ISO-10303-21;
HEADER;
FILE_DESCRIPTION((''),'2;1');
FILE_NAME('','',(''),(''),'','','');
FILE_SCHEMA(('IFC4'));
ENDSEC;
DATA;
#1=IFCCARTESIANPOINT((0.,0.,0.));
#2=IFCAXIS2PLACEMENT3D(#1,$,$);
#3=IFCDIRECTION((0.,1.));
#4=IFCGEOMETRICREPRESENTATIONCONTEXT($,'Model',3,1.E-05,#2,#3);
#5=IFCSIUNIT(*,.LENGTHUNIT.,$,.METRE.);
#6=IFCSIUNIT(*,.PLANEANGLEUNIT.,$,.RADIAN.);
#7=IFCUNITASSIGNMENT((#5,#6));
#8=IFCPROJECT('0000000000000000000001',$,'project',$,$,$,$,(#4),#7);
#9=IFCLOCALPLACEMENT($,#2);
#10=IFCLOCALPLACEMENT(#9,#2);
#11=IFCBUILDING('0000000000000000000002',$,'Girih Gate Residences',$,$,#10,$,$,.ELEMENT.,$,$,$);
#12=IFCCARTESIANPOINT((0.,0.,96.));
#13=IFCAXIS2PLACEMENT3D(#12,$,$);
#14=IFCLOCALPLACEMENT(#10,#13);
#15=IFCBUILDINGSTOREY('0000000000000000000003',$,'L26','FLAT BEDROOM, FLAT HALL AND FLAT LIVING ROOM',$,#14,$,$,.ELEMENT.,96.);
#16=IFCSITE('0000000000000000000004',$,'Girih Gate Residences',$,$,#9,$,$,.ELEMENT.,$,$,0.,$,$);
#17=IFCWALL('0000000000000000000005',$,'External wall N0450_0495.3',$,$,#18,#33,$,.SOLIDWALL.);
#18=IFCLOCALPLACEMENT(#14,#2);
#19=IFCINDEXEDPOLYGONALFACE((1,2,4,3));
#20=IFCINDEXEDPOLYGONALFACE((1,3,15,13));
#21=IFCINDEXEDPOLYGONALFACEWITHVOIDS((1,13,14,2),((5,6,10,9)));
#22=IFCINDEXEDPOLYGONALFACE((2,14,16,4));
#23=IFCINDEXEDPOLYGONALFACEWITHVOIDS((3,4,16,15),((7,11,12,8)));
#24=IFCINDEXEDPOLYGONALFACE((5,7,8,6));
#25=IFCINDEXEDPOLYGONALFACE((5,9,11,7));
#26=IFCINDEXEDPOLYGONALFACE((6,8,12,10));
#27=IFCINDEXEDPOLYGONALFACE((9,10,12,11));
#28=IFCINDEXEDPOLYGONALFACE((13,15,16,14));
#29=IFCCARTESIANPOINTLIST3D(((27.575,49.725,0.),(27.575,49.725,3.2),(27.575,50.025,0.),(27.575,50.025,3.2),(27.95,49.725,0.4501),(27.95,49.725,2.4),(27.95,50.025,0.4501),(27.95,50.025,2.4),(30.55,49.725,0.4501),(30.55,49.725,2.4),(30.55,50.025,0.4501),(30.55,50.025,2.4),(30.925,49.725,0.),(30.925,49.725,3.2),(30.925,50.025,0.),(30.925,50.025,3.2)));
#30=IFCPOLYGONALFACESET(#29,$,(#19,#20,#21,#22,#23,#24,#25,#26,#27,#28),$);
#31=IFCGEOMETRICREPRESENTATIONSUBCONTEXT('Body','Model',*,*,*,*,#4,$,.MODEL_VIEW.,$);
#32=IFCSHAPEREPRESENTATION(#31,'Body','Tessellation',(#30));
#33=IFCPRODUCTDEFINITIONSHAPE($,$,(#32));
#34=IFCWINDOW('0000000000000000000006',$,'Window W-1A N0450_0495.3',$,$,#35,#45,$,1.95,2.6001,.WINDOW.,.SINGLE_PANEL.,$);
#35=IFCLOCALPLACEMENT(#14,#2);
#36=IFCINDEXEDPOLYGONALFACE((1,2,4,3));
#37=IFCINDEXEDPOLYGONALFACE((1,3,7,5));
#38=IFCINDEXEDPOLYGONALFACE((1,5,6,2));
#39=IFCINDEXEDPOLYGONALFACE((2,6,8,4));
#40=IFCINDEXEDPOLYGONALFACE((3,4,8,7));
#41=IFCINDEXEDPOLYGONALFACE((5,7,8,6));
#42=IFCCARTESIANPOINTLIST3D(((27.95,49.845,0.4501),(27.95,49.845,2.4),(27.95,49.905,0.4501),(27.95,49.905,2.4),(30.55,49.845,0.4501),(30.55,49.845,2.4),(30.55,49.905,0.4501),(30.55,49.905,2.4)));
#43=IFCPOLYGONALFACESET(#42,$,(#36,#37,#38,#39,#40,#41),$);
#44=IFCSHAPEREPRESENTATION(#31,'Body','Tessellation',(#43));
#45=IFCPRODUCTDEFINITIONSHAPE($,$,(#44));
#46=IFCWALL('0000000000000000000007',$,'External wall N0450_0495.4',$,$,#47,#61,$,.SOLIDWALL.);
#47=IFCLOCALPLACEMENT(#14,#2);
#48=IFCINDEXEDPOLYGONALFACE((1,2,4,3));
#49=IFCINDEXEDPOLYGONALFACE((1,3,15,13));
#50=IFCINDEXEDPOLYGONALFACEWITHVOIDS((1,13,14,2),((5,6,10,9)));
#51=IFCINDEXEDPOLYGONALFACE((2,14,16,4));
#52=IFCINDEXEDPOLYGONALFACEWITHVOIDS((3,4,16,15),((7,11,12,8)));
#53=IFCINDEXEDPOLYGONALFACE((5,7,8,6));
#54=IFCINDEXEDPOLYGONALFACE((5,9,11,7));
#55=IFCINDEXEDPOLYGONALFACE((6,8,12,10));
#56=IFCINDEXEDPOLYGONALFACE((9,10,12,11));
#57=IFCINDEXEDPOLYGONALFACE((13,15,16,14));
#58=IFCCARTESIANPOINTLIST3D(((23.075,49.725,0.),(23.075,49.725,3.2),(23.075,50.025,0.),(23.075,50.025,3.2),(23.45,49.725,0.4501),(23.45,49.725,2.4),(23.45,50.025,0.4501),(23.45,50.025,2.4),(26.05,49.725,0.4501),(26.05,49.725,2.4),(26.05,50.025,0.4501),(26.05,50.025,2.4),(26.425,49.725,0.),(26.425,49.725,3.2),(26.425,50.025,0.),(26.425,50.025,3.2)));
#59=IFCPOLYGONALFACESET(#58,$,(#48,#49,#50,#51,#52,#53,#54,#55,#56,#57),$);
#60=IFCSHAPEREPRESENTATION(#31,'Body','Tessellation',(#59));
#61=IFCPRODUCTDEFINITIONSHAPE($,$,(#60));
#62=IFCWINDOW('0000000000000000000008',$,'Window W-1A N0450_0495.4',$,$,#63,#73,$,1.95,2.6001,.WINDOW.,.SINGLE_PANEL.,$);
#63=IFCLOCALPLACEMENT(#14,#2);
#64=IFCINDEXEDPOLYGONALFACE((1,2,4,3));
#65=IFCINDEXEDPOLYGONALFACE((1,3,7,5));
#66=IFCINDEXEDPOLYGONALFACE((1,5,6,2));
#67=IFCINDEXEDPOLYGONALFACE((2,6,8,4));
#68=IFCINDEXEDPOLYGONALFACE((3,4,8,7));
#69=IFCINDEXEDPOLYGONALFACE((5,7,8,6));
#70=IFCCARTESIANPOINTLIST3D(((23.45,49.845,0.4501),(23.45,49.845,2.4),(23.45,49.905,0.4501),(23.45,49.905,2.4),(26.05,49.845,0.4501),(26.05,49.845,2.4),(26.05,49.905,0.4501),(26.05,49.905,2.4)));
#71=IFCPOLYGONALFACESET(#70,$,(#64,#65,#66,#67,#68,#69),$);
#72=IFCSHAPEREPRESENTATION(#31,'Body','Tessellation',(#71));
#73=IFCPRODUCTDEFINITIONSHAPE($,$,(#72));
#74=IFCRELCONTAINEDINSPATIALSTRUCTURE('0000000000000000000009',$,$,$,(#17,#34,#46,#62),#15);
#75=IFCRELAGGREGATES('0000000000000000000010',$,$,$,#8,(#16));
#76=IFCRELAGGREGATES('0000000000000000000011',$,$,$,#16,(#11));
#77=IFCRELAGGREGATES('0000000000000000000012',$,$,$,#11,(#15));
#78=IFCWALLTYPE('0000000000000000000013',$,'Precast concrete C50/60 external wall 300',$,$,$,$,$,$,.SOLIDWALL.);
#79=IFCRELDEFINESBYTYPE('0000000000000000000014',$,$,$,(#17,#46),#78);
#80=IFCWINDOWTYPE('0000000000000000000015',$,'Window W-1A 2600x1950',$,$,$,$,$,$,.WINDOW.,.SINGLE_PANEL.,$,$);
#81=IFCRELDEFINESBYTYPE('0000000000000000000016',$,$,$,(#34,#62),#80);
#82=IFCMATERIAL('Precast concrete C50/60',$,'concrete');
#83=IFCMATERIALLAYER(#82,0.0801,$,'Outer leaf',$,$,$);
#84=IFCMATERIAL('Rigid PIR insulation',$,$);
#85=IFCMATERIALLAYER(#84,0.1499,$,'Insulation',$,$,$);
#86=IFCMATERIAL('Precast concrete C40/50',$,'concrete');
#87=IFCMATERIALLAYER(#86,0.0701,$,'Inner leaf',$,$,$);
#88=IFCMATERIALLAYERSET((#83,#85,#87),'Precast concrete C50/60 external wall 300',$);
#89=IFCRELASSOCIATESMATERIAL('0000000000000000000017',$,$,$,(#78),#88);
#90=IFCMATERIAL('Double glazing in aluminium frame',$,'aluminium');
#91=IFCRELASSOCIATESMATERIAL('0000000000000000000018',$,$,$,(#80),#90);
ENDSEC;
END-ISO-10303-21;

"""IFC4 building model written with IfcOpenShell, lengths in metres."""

from ifc_helpers import new_model, si_unit, direction, frame, frame_2d, origin, place, context, subcontext, project, spatial, rectangle, extrude, material, layer, layer_set, type_object, element, fill, save


model = new_model("IFC4")

# Units and contexts
model_context = context("Model", 3, precision=1e-05, world=origin(), true_north=direction((0.0, 1.0)))
body_context = subcontext(model_context, "Body", "Model", "MODEL_VIEW")
ifc_project = project(units=[si_unit("LENGTHUNIT", "METRE"), si_unit("PLANEANGLEUNIT", "RADIAN")], contexts=[model_context])

# Site, building, storey
site_placement = place(None, origin())
site = spatial("IfcSite", under=ifc_project, at=site_placement, Name="Girih Gate Residences", CompositionType="ELEMENT", RefElevation=0.0)
building_placement = place(site_placement, origin())
building = spatial("IfcBuilding", under=site, at=building_placement, Name="Girih Gate Residences", CompositionType="ELEMENT")
storey_placement = place(building_placement, frame((0.0, 0.0, 96.0)))
storey = spatial("IfcBuildingStorey", under=building, at=storey_placement, Name="L26", Description="FLAT BEDROOM, FLAT HALL AND FLAT LIVING ROOM", CompositionType="ELEMENT", Elevation=96.0)

# Walls, openings, windows
ifc_material_1 = material(Name="Precast concrete C50/60", Category="concrete")
ifc_layer_1 = layer(ifc_material_1, 0.0801, Name="Outer leaf")
ifc_material_2 = material(Name="Rigid PIR insulation")
ifc_layer_2 = layer(ifc_material_2, 0.1499, Name="Insulation")
ifc_material_3 = material(Name="Precast concrete C40/50", Category="concrete")
ifc_layer_3 = layer(ifc_material_3, 0.0701, Name="Inner leaf")
ifc_layer_set_1 = layer_set([ifc_layer_1, ifc_layer_2, ifc_layer_3], Name="Precast concrete C50/60 external wall 300")
wall_type_1 = type_object("IfcWallType", Name="Precast concrete C50/60 external wall 300", PredefinedType="SOLIDWALL", material=ifc_layer_set_1)
wall_1_placement = place(storey_placement, frame((27.575, 49.875, 0.0), z_axis=(0.0, 0.0, 1.0), x_axis=(1.0, 0.0, 0.0)))
wall_1 = element("IfcWall", 1, at=wall_1_placement, inside=storey, type_object=wall_type_1, Name="External wall N0450_0495.3", PredefinedType="SOLIDWALL", context=body_context, shape_type="SweptSolid", body=[
    extrude(rectangle(XDim=3.3501, YDim=0.3, at=frame_2d((1.675, 0.0))), origin(), (0.0, 0.0, 1.0), 3.2),
])
opening_1_placement = place(wall_1_placement, frame((0.375, 0.0, 0.45)))
opening_1 = element("IfcOpeningElement", 2, at=opening_1_placement, cuts=wall_1, PredefinedType="OPENING", context=body_context, shape_type="SweptSolid", body=[
    extrude(rectangle(XDim=2.6001, YDim=1.95, at=frame_2d((1.3, 0.9751))), frame((0.0, 0.1599, 0.0), z_axis=(0.0, -1.0, 0.0), x_axis=(1.0, 0.0, 0.0)), (0.0, 0.0, 1.0), 0.3201),
])
ifc_material_4 = material(Name="Double glazing in aluminium frame", Category="aluminium")
window_type = type_object("IfcWindowType", Name="Window W-1A 2600x1950", PartitioningType="SINGLE_PANEL", PredefinedType="WINDOW", material=ifc_material_4)
window_1_placement = place(opening_1_placement, origin())
window_1 = element("IfcWindow", 3, at=window_1_placement, inside=storey, type_object=window_type, Name="Window W-1A N0450_0495.3", OverallHeight=1.95, OverallWidth=2.6001, PartitioningType="SINGLE_PANEL", PredefinedType="WINDOW", context=body_context, shape_type="SweptSolid", body=[
    extrude(rectangle(XDim=2.6001, YDim=1.95, at=frame_2d((1.3, 0.9751))), frame((0.0, 0.03, 0.0), z_axis=(0.0, -1.0, 0.0), x_axis=(1.0, 0.0, 0.0)), (0.0, 0.0, 1.0), 0.0601),
])
fill(opening_1, window_1)
wall_2_placement = place(storey_placement, frame((23.075, 49.875, 0.0), z_axis=(0.0, 0.0, 1.0), x_axis=(1.0, 0.0, 0.0)))
wall_2 = element("IfcWall", 4, at=wall_2_placement, inside=storey, type_object=wall_type_1, Name="External wall N0450_0495.4", PredefinedType="SOLIDWALL", context=body_context, shape_type="SweptSolid", body=[
    extrude(rectangle(XDim=3.3501, YDim=0.3, at=frame_2d((1.675, 0.0))), origin(), (0.0, 0.0, 1.0), 3.2),
])
opening_2_placement = place(wall_2_placement, frame((0.375, 0.0, 0.45)))
opening_2 = element("IfcOpeningElement", 5, at=opening_2_placement, cuts=wall_2, PredefinedType="OPENING", context=body_context, shape_type="SweptSolid", body=[
    extrude(rectangle(XDim=2.6001, YDim=1.95, at=frame_2d((1.3, 0.9751))), frame((0.0, 0.1599, 0.0), z_axis=(0.0, -1.0, 0.0), x_axis=(1.0, 0.0, 0.0)), (0.0, 0.0, 1.0), 0.3201),
])
window_2_placement = place(opening_2_placement, origin())
window_2 = element("IfcWindow", 6, at=window_2_placement, inside=storey, type_object=window_type, Name="Window W-1A N0450_0495.4", OverallHeight=1.95, OverallWidth=2.6001, PartitioningType="SINGLE_PANEL", PredefinedType="WINDOW", context=body_context, shape_type="SweptSolid", body=[
    extrude(rectangle(XDim=2.6001, YDim=1.95, at=frame_2d((1.3, 0.9751))), frame((0.0, 0.03, 0.0), z_axis=(0.0, -1.0, 0.0), x_axis=(1.0, 0.0, 0.0)), (0.0, 0.0, 1.0), 0.0601),
])
fill(opening_2, window_2)

save(model, "model.ifc")
